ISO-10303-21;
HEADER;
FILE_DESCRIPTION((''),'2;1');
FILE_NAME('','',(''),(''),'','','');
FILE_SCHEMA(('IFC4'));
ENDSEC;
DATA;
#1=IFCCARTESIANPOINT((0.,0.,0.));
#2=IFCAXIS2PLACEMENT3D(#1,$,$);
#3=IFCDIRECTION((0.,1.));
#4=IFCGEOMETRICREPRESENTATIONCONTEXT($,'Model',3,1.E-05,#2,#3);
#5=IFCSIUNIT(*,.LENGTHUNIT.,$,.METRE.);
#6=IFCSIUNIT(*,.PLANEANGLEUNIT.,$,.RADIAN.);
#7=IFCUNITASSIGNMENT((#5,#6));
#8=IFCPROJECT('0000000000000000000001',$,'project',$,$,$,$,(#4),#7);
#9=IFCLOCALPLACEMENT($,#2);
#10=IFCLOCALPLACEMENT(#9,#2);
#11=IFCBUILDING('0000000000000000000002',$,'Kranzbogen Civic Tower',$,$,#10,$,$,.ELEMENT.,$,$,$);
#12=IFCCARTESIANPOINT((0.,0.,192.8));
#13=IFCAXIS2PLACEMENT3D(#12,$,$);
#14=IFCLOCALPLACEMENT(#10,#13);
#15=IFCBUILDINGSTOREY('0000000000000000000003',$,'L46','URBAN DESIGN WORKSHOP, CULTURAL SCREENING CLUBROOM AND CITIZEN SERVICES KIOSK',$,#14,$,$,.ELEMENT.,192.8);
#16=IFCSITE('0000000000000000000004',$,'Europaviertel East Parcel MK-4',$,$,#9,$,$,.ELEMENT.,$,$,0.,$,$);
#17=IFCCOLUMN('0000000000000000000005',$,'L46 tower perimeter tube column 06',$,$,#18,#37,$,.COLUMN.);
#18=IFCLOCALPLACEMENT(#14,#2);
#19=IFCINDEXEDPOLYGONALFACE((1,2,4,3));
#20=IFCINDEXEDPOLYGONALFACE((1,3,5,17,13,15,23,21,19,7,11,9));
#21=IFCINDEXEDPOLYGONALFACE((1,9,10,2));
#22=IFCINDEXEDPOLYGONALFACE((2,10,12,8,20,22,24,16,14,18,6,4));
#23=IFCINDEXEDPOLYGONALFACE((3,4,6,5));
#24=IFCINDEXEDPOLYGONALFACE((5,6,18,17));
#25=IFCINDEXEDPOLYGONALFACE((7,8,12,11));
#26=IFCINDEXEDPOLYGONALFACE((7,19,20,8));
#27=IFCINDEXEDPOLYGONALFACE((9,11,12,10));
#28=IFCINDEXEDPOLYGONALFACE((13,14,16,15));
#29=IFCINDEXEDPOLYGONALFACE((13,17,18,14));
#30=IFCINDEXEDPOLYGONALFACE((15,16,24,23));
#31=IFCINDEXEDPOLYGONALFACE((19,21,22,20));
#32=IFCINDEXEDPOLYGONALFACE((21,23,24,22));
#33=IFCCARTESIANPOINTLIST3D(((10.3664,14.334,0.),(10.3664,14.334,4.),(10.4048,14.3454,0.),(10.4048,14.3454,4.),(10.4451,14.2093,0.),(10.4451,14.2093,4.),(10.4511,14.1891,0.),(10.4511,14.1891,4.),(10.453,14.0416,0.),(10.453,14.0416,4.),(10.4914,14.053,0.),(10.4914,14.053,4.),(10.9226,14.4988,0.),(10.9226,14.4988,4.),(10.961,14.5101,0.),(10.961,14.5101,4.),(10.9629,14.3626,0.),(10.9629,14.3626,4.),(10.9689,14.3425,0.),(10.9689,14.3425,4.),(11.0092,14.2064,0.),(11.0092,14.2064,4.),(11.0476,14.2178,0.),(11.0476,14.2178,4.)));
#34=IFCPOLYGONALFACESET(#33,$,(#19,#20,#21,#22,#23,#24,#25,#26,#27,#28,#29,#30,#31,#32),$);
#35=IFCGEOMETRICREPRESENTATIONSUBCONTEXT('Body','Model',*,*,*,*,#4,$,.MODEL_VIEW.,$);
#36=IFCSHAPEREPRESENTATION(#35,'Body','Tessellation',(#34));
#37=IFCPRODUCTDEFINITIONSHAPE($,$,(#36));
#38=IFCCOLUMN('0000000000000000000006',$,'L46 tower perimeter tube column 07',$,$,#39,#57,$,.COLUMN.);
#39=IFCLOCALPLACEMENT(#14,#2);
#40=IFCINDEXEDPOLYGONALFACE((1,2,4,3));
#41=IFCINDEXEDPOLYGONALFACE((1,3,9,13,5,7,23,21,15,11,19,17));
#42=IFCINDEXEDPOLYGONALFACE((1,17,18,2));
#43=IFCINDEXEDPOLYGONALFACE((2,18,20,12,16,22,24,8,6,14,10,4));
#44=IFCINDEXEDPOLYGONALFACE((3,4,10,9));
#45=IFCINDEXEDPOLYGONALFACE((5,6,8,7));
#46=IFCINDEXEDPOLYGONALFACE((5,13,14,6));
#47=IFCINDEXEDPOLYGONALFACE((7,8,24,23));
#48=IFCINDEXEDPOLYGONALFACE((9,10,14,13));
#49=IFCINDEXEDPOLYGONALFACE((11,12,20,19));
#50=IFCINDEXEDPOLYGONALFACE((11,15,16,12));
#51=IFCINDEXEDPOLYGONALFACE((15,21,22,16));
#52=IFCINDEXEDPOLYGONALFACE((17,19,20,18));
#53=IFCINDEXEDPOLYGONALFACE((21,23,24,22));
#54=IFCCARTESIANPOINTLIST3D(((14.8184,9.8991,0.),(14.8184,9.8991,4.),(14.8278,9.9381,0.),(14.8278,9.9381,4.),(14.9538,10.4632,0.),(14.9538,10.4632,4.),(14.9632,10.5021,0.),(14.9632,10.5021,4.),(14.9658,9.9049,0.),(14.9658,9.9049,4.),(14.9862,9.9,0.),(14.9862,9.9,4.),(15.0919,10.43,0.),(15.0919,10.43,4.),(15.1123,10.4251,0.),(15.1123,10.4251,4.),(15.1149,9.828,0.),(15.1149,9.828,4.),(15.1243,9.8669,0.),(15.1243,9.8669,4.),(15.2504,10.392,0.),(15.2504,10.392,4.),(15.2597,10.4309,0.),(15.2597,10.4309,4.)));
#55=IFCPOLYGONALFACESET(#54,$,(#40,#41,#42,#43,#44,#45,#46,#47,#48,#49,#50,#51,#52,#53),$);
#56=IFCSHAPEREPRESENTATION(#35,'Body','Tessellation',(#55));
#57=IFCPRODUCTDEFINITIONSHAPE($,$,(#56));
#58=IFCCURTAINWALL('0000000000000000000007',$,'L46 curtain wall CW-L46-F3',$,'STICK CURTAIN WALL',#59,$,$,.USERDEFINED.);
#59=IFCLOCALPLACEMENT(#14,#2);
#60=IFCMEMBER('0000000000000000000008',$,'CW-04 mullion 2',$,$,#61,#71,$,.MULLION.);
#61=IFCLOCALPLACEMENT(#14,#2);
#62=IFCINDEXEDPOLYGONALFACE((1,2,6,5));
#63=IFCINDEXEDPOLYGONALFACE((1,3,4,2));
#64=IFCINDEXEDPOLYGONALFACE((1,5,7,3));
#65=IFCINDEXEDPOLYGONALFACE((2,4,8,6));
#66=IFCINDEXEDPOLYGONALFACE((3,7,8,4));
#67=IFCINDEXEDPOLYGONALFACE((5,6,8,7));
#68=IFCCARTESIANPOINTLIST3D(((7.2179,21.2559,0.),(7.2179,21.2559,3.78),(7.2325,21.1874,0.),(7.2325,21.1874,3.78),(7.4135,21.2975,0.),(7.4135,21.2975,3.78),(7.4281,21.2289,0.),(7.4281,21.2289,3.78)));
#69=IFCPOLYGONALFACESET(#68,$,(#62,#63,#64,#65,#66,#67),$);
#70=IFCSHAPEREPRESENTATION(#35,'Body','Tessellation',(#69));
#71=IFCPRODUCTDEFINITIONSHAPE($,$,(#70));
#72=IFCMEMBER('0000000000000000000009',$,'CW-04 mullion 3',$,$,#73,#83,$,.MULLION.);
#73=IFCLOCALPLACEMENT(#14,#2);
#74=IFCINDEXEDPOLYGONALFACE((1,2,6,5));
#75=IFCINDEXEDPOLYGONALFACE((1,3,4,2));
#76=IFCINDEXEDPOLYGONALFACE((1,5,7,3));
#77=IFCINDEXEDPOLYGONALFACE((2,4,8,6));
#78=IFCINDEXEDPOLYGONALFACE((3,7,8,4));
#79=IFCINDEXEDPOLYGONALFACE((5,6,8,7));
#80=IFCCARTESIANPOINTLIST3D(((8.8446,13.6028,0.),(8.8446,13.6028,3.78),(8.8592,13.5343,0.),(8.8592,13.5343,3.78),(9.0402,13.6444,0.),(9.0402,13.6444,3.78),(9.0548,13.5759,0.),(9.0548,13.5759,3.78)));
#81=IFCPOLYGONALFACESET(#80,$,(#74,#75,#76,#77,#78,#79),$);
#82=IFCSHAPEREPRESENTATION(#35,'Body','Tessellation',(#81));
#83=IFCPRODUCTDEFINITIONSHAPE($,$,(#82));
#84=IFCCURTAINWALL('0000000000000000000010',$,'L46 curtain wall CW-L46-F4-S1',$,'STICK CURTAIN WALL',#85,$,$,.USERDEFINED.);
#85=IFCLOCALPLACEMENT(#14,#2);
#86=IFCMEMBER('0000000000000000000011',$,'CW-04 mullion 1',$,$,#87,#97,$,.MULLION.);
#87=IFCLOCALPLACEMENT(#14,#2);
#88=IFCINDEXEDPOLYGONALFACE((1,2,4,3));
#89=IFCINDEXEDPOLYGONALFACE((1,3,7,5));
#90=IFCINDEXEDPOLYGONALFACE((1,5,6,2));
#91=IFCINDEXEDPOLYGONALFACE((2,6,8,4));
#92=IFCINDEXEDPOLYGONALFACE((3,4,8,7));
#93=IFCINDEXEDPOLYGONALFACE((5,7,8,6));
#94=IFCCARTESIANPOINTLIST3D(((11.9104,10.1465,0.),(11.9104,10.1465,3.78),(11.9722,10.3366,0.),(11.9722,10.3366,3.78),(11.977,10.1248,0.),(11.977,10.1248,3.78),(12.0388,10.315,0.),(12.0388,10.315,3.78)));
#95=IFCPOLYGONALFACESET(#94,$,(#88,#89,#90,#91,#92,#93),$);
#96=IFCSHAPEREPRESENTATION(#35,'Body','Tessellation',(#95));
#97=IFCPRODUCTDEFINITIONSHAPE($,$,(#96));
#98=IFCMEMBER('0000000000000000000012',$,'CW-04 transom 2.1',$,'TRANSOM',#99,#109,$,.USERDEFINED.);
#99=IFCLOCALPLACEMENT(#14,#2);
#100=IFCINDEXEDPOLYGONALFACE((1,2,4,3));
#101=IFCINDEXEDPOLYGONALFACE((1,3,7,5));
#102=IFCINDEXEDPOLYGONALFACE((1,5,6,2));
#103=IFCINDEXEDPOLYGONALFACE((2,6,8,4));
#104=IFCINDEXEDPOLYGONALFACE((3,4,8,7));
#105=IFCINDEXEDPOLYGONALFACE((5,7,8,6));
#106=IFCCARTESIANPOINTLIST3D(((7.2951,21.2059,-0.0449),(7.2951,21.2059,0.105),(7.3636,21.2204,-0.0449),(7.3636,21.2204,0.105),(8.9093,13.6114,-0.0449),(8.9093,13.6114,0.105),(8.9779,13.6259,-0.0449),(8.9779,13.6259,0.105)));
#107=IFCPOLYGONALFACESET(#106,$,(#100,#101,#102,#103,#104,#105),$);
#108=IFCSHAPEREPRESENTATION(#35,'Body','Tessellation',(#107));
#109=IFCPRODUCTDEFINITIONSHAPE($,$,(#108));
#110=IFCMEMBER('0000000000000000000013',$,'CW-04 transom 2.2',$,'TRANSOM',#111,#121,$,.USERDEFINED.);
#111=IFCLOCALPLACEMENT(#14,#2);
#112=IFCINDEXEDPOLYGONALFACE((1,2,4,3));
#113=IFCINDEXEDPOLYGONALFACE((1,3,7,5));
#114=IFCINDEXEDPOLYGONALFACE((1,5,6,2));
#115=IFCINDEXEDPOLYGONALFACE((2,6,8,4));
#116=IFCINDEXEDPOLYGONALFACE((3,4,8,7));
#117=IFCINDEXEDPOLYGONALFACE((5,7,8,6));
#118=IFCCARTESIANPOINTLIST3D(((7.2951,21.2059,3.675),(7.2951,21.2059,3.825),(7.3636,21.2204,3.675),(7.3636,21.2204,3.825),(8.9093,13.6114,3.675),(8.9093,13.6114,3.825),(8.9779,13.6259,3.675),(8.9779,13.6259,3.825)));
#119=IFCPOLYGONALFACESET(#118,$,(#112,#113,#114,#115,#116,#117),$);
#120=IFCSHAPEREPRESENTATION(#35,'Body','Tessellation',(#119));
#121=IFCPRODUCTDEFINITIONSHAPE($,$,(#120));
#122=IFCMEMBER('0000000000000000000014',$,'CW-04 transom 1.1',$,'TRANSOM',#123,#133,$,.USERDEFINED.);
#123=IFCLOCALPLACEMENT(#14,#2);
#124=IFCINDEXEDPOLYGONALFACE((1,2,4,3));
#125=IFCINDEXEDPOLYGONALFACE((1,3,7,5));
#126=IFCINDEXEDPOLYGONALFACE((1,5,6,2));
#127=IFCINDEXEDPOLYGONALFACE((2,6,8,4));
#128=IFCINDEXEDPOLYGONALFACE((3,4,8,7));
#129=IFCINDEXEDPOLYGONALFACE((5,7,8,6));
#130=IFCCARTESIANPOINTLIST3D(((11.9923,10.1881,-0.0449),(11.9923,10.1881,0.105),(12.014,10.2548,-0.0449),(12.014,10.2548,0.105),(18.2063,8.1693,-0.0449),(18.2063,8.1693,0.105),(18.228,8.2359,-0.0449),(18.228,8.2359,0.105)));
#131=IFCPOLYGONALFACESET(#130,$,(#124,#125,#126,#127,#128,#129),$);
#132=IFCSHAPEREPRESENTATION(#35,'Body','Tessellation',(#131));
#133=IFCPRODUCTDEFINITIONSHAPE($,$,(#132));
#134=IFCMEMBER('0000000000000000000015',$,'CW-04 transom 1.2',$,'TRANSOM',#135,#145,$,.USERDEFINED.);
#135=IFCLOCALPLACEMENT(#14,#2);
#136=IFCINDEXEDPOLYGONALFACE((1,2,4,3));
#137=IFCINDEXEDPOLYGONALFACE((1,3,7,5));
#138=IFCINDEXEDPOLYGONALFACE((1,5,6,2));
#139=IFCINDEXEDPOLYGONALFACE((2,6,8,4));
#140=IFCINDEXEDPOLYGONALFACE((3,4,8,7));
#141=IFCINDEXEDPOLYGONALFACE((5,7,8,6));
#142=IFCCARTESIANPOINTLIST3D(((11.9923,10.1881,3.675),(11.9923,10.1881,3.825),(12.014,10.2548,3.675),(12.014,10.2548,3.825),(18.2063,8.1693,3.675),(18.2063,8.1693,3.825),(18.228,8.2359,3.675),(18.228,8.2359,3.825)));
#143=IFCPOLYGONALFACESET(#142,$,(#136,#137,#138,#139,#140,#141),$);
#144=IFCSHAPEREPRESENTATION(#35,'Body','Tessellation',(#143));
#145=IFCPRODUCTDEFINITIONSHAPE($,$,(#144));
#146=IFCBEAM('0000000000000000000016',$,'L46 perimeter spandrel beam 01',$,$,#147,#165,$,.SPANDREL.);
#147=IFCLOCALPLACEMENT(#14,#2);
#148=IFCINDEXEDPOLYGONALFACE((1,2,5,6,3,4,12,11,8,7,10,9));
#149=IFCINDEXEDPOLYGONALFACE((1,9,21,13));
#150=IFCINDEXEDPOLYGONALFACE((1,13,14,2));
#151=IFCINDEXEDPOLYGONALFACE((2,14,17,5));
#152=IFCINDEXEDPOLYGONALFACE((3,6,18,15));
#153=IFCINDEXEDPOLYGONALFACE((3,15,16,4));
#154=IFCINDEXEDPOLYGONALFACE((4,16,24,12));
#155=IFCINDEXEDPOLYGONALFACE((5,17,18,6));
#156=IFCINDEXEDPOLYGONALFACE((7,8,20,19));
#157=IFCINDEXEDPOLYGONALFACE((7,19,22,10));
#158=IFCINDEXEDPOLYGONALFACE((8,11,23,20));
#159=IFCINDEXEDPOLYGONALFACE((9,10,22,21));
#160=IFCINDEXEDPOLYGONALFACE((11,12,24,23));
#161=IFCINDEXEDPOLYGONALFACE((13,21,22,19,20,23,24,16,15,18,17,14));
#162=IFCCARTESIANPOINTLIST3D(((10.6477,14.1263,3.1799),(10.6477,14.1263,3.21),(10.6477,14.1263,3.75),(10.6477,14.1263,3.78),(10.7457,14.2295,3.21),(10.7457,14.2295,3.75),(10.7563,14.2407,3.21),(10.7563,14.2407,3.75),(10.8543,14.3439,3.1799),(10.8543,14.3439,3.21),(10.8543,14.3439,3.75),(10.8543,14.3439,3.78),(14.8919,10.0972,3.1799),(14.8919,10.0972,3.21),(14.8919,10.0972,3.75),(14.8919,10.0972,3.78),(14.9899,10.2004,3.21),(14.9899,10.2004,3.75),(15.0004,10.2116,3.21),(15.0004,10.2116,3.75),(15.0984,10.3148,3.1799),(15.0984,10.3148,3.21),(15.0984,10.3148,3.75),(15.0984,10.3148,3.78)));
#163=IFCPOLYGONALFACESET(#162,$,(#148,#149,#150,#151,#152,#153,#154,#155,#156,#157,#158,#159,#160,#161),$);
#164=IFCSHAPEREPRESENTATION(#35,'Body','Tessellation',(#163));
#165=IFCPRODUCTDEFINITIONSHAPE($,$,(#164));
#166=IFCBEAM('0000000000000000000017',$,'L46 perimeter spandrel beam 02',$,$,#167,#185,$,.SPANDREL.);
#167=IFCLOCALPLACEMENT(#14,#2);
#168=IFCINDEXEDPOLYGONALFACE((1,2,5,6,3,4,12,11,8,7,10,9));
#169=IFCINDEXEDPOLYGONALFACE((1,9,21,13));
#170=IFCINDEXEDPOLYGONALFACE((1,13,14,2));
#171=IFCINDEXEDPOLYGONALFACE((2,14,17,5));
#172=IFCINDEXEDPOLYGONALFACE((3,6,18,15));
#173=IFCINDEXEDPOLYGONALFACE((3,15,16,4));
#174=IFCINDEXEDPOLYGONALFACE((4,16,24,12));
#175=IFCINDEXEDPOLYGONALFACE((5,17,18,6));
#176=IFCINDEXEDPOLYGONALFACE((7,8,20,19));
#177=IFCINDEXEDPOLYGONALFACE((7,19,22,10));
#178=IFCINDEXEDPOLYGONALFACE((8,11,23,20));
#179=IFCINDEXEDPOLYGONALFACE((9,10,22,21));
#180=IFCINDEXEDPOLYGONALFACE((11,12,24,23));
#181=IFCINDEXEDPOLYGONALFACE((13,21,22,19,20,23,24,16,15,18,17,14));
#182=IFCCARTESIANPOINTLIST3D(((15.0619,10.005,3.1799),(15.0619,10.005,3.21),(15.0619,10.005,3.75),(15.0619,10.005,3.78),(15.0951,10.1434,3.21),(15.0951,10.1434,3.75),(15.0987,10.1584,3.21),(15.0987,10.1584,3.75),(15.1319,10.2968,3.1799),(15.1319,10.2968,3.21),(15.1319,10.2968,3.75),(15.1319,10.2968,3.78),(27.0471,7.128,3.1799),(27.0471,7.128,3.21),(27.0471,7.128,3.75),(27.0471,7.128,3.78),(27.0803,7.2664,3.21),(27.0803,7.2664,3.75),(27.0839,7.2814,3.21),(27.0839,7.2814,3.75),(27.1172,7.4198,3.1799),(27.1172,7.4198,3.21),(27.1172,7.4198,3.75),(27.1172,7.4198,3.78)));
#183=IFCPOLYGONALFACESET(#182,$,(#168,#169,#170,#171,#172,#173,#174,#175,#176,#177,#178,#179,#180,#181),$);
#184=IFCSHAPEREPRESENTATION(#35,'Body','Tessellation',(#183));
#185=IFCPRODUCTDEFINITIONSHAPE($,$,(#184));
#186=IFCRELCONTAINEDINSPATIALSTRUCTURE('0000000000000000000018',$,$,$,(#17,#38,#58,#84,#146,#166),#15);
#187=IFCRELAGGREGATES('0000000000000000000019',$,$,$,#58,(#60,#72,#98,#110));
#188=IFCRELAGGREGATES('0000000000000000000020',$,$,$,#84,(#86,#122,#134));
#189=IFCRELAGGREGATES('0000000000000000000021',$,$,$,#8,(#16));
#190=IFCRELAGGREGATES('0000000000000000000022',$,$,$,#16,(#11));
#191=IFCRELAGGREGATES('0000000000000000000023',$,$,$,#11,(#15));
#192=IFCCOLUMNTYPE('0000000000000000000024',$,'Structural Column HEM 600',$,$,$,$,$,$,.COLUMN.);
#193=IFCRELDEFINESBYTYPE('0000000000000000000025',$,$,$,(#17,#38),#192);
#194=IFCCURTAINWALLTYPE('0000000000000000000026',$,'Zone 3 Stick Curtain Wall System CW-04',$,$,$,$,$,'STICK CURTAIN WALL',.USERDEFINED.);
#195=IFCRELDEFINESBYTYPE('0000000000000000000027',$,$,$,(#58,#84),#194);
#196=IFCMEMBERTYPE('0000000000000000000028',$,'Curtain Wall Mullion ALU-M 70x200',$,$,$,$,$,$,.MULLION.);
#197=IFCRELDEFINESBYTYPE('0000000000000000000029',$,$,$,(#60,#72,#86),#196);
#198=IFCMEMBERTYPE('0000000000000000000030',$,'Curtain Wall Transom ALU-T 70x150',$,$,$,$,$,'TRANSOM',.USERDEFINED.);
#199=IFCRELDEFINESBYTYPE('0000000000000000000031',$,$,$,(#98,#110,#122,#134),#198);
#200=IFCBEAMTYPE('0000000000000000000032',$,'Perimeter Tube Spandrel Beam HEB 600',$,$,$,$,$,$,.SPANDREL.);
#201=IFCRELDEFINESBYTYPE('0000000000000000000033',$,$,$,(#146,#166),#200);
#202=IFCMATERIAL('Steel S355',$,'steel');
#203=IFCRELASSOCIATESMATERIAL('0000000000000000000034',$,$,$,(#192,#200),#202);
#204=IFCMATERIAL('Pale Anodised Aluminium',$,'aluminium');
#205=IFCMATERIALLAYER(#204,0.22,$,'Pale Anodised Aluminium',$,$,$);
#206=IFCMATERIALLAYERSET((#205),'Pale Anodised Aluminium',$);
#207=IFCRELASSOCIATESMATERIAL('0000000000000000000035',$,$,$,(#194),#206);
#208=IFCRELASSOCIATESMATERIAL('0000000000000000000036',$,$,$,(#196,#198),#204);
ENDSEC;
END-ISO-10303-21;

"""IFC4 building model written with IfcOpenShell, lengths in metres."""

from ifc_helpers import new_model, si_unit, direction, frame, origin, origin_2d, place, context, subcontext, project, spatial, rectangle, i_section, extrude, material, layer, layer_set, material_profile, profile_set, type_object, element, aggregate, save


model = new_model("IFC4")

# Units and contexts
model_context = context("Model", 3, precision=1e-05, world=origin(), true_north=direction((0.0, 1.0)))
body_context = subcontext(model_context, "Body", "Model", "MODEL_VIEW")
ifc_project = project(units=[si_unit("LENGTHUNIT", "METRE"), si_unit("PLANEANGLEUNIT", "RADIAN")], contexts=[model_context])

# Site, building, storey
site_placement = place(None, origin())
site = spatial("IfcSite", under=ifc_project, at=site_placement, Name="Europaviertel East Parcel MK-4", CompositionType="ELEMENT", RefElevation=0.0)
building_placement = place(site_placement, origin())
building = spatial("IfcBuilding", under=site, at=building_placement, Name="Kranzbogen Civic Tower", CompositionType="ELEMENT")
storey_placement = place(building_placement, frame((0.0, 0.0, 192.8)))
storey = spatial("IfcBuildingStorey", under=building, at=storey_placement, Name="L46", Description="URBAN DESIGN WORKSHOP, CULTURAL SCREENING CLUBROOM AND CITIZEN SERVICES KIOSK", CompositionType="ELEMENT", Elevation=192.8)

# Columns
ifc_material_1 = material(Name="Steel S355", Category="steel")
ifc_material_profile_1 = material_profile(ifc_material_1, i_section(OverallWidth=0.3049, OverallDepth=0.6201, WebThickness=0.021, FlangeThickness=0.04, at=origin_2d()), Name="HEM 600")
ifc_profile_set_1 = profile_set([ifc_material_profile_1], Name="Steel S355")
column_type = type_object("IfcColumnType", Name="Structural Column HEM 600", PredefinedType="COLUMN", material=ifc_profile_set_1)
for number, where, z_axis, x_axis, name in (
    (1, (10.707, 14.2759, 0.0), (0.0, 0.0, 1.0), (-0.284015, 0.95882, 0.0), "L46 tower perimeter tube column 06"),
    (2, (15.0391, 10.165, 0.0), (0.0, 0.0, 1.0), (-0.97237, 0.233445, 0.0), "L46 tower perimeter tube column 07"),
):
    element("IfcColumn", number, at=place(storey_placement, frame(where, z_axis=z_axis, x_axis=x_axis)), inside=storey, type_object=column_type, Name=name, PredefinedType="COLUMN", context=body_context, shape_type="SweptSolid", body=[
        extrude(i_section(OverallWidth=0.3049, OverallDepth=0.6201, WebThickness=0.021, FlangeThickness=0.04, at=origin_2d()), origin(), (0.0, 0.0, 1.0), 4.0),
    ])

# Curtain wall, members
ifc_material_2 = material(Name="Pale Anodised Aluminium", Category="aluminium")
ifc_layer_1 = layer(ifc_material_2, 0.22, Name="Pale Anodised Aluminium")
ifc_layer_set_1 = layer_set([ifc_layer_1], Name="Pale Anodised Aluminium")
curtain_wall_type = type_object("IfcCurtainWallType", Name="Zone 3 Stick Curtain Wall System CW-04", ElementType="STICK CURTAIN WALL", PredefinedType="USERDEFINED", material=ifc_layer_set_1)
curtain_wall_1_placement = place(storey_placement, origin())
curtain_wall_1 = element("IfcCurtainWall", 3, at=curtain_wall_1_placement, inside=storey, type_object=curtain_wall_type, Name="L46 curtain wall CW-L46-F3", ObjectType="STICK CURTAIN WALL", PredefinedType="USERDEFINED")
ifc_material_profile_2 = material_profile(ifc_material_2, rectangle(XDim=0.0701, YDim=0.2, at=origin_2d()), Name="ALU-M 70x200")
ifc_profile_set_2 = profile_set([ifc_material_profile_2], Name="Pale Anodised Aluminium")
member_type_1 = type_object("IfcMemberType", Name="Curtain Wall Mullion ALU-M 70x200", PredefinedType="MULLION", material=ifc_profile_set_2)
member_1_placement = place(storey_placement, frame((7.323, 21.2424, 0.0), z_axis=(0.0, 0.0, 1.0), x_axis=(0.207916, -0.978147, 0.0)))
member_1 = element("IfcMember", 4, at=member_1_placement, type_object=member_type_1, Name="CW-04 mullion 2", PredefinedType="MULLION", context=body_context, shape_type="SweptSolid", body=[
    extrude(rectangle(XDim=0.0701, YDim=0.2, at=origin_2d()), origin(), (0.0, 0.0, 1.0), 3.78),
])
member_2_placement = place(storey_placement, frame((8.9497, 13.5894, 0.0), z_axis=(0.0, 0.0, 1.0), x_axis=(0.207916, -0.978147, 0.0)))
member_2 = element("IfcMember", 5, at=member_2_placement, type_object=member_type_1, Name="CW-04 mullion 3", PredefinedType="MULLION", context=body_context, shape_type="SweptSolid", body=[
    extrude(rectangle(XDim=0.0701, YDim=0.2, at=origin_2d()), origin(), (0.0, 0.0, 1.0), 3.78),
])

# Curtain wall, member
curtain_wall_2_placement = place(storey_placement, origin())
curtain_wall_2 = element("IfcCurtainWall", 6, at=curtain_wall_2_placement, inside=storey, type_object=curtain_wall_type, Name="L46 curtain wall CW-L46-F4-S1", ObjectType="STICK CURTAIN WALL", PredefinedType="USERDEFINED")
member_3_placement = place(storey_placement, frame((11.9746, 10.2307, 0.0), z_axis=(0.0, 0.0, 1.0), x_axis=(0.951061, -0.309005, 0.0)))
member_3 = element("IfcMember", 7, at=member_3_placement, type_object=member_type_1, Name="CW-04 mullion 1", PredefinedType="MULLION", context=body_context, shape_type="SweptSolid", body=[
    extrude(rectangle(XDim=0.0701, YDim=0.2, at=origin_2d()), origin(), (0.0, 0.0, 1.0), 3.78),
])

# Members
ifc_material_profile_3 = material_profile(ifc_material_2, rectangle(XDim=0.0701, YDim=0.1499, at=origin_2d()), Name="ALU-T 70x150")
ifc_profile_set_3 = profile_set([ifc_material_profile_3], Name="Pale Anodised Aluminium")
member_type_2 = type_object("IfcMemberType", Name="Curtain Wall Transom ALU-T 70x150", ElementType="TRANSOM", PredefinedType="USERDEFINED", material=ifc_profile_set_3)
member_4_placement = place(storey_placement, frame((7.3293, 21.2131, 0.03), z_axis=(0.207912, -0.978148, 0.0), x_axis=(0.978148, 0.207912, 0.0)))
member_4 = element("IfcMember", 8, at=member_4_placement, type_object=member_type_2, Name="CW-04 transom 2.1", ObjectType="TRANSOM", PredefinedType="USERDEFINED", context=body_context, shape_type="SweptSolid", body=[
    extrude(rectangle(XDim=0.0701, YDim=0.1499, at=origin_2d()), origin(), (0.0, 0.0, 1.0), 7.7642),
])
member_5_placement = place(storey_placement, frame((7.3293, 21.2131, 3.75), z_axis=(0.207912, -0.978148, 0.0), x_axis=(0.978148, 0.207912, 0.0)))
member_5 = element("IfcMember", 9, at=member_5_placement, type_object=member_type_2, Name="CW-04 transom 2.2", ObjectType="TRANSOM", PredefinedType="USERDEFINED", context=body_context, shape_type="SweptSolid", body=[
    extrude(rectangle(XDim=0.0701, YDim=0.1499, at=origin_2d()), origin(), (0.0, 0.0, 1.0), 7.7642),
])
member_6_placement = place(storey_placement, frame((12.0032, 10.2214, 0.03), z_axis=(0.951066, -0.308988, 0.0), x_axis=(0.308988, 0.951066, 0.0)))
member_6 = element("IfcMember", 10, at=member_6_placement, type_object=member_type_2, Name="CW-04 transom 1.1", ObjectType="TRANSOM", PredefinedType="USERDEFINED", context=body_context, shape_type="SweptSolid", body=[
    extrude(rectangle(XDim=0.0701, YDim=0.1499, at=origin_2d()), origin(), (0.0, 0.0, 1.0), 6.5337),
])
member_7_placement = place(storey_placement, frame((12.0032, 10.2214, 3.75), z_axis=(0.951066, -0.308988, 0.0), x_axis=(0.308988, 0.951066, 0.0)))
member_7 = element("IfcMember", 11, at=member_7_placement, type_object=member_type_2, Name="CW-04 transom 1.2", ObjectType="TRANSOM", PredefinedType="USERDEFINED", context=body_context, shape_type="SweptSolid", body=[
    extrude(rectangle(XDim=0.0701, YDim=0.1499, at=origin_2d()), origin(), (0.0, 0.0, 1.0), 6.5337),
])

# Beams
ifc_material_profile_4 = material_profile(ifc_material_1, i_section(OverallWidth=0.3, OverallDepth=0.6001, WebThickness=0.0154, FlangeThickness=0.03, at=origin_2d()), Name="HEB 600")
ifc_profile_set_4 = profile_set([ifc_material_profile_4], Name="Steel S355")
beam_type_1 = type_object("IfcBeamType", Name="Perimeter Tube Spandrel Beam HEB 600", PredefinedType="SPANDREL", material=ifc_profile_set_4)
beam_1_placement = place(storey_placement, frame((10.751, 14.2351, 3.48), z_axis=(0.725245, -0.688491, 0.0), x_axis=(0.688491, 0.725245, 0.0)))
element("IfcBeam", 12, at=beam_1_placement, inside=storey, type_object=beam_type_1, Name="L46 perimeter spandrel beam 01", PredefinedType="SPANDREL", context=body_context, shape_type="SweptSolid", body=[
    extrude(i_section(OverallWidth=0.3, OverallDepth=0.6001, WebThickness=0.0154, FlangeThickness=0.03, at=origin_2d()), origin(), (0.0, 0.0, 1.0), 5.8521),
])
beam_2_placement = place(storey_placement, frame((15.0969, 10.1509, 3.48), z_axis=(0.972378, -0.233413, 0.0), x_axis=(0.233413, 0.972378, 0.0)))
element("IfcBeam", 13, at=beam_2_placement, inside=storey, type_object=beam_type_1, Name="L46 perimeter spandrel beam 02", PredefinedType="SPANDREL", context=body_context, shape_type="SweptSolid", body=[
    extrude(i_section(OverallWidth=0.3, OverallDepth=0.6001, WebThickness=0.0154, FlangeThickness=0.03, at=origin_2d()), origin(), (0.0, 0.0, 1.0), 12.3257),
])

aggregate(curtain_wall_1, [member_1, member_2, member_4, member_5])
aggregate(curtain_wall_2, [member_3, member_6, member_7])

save(model, "model.ifc")
